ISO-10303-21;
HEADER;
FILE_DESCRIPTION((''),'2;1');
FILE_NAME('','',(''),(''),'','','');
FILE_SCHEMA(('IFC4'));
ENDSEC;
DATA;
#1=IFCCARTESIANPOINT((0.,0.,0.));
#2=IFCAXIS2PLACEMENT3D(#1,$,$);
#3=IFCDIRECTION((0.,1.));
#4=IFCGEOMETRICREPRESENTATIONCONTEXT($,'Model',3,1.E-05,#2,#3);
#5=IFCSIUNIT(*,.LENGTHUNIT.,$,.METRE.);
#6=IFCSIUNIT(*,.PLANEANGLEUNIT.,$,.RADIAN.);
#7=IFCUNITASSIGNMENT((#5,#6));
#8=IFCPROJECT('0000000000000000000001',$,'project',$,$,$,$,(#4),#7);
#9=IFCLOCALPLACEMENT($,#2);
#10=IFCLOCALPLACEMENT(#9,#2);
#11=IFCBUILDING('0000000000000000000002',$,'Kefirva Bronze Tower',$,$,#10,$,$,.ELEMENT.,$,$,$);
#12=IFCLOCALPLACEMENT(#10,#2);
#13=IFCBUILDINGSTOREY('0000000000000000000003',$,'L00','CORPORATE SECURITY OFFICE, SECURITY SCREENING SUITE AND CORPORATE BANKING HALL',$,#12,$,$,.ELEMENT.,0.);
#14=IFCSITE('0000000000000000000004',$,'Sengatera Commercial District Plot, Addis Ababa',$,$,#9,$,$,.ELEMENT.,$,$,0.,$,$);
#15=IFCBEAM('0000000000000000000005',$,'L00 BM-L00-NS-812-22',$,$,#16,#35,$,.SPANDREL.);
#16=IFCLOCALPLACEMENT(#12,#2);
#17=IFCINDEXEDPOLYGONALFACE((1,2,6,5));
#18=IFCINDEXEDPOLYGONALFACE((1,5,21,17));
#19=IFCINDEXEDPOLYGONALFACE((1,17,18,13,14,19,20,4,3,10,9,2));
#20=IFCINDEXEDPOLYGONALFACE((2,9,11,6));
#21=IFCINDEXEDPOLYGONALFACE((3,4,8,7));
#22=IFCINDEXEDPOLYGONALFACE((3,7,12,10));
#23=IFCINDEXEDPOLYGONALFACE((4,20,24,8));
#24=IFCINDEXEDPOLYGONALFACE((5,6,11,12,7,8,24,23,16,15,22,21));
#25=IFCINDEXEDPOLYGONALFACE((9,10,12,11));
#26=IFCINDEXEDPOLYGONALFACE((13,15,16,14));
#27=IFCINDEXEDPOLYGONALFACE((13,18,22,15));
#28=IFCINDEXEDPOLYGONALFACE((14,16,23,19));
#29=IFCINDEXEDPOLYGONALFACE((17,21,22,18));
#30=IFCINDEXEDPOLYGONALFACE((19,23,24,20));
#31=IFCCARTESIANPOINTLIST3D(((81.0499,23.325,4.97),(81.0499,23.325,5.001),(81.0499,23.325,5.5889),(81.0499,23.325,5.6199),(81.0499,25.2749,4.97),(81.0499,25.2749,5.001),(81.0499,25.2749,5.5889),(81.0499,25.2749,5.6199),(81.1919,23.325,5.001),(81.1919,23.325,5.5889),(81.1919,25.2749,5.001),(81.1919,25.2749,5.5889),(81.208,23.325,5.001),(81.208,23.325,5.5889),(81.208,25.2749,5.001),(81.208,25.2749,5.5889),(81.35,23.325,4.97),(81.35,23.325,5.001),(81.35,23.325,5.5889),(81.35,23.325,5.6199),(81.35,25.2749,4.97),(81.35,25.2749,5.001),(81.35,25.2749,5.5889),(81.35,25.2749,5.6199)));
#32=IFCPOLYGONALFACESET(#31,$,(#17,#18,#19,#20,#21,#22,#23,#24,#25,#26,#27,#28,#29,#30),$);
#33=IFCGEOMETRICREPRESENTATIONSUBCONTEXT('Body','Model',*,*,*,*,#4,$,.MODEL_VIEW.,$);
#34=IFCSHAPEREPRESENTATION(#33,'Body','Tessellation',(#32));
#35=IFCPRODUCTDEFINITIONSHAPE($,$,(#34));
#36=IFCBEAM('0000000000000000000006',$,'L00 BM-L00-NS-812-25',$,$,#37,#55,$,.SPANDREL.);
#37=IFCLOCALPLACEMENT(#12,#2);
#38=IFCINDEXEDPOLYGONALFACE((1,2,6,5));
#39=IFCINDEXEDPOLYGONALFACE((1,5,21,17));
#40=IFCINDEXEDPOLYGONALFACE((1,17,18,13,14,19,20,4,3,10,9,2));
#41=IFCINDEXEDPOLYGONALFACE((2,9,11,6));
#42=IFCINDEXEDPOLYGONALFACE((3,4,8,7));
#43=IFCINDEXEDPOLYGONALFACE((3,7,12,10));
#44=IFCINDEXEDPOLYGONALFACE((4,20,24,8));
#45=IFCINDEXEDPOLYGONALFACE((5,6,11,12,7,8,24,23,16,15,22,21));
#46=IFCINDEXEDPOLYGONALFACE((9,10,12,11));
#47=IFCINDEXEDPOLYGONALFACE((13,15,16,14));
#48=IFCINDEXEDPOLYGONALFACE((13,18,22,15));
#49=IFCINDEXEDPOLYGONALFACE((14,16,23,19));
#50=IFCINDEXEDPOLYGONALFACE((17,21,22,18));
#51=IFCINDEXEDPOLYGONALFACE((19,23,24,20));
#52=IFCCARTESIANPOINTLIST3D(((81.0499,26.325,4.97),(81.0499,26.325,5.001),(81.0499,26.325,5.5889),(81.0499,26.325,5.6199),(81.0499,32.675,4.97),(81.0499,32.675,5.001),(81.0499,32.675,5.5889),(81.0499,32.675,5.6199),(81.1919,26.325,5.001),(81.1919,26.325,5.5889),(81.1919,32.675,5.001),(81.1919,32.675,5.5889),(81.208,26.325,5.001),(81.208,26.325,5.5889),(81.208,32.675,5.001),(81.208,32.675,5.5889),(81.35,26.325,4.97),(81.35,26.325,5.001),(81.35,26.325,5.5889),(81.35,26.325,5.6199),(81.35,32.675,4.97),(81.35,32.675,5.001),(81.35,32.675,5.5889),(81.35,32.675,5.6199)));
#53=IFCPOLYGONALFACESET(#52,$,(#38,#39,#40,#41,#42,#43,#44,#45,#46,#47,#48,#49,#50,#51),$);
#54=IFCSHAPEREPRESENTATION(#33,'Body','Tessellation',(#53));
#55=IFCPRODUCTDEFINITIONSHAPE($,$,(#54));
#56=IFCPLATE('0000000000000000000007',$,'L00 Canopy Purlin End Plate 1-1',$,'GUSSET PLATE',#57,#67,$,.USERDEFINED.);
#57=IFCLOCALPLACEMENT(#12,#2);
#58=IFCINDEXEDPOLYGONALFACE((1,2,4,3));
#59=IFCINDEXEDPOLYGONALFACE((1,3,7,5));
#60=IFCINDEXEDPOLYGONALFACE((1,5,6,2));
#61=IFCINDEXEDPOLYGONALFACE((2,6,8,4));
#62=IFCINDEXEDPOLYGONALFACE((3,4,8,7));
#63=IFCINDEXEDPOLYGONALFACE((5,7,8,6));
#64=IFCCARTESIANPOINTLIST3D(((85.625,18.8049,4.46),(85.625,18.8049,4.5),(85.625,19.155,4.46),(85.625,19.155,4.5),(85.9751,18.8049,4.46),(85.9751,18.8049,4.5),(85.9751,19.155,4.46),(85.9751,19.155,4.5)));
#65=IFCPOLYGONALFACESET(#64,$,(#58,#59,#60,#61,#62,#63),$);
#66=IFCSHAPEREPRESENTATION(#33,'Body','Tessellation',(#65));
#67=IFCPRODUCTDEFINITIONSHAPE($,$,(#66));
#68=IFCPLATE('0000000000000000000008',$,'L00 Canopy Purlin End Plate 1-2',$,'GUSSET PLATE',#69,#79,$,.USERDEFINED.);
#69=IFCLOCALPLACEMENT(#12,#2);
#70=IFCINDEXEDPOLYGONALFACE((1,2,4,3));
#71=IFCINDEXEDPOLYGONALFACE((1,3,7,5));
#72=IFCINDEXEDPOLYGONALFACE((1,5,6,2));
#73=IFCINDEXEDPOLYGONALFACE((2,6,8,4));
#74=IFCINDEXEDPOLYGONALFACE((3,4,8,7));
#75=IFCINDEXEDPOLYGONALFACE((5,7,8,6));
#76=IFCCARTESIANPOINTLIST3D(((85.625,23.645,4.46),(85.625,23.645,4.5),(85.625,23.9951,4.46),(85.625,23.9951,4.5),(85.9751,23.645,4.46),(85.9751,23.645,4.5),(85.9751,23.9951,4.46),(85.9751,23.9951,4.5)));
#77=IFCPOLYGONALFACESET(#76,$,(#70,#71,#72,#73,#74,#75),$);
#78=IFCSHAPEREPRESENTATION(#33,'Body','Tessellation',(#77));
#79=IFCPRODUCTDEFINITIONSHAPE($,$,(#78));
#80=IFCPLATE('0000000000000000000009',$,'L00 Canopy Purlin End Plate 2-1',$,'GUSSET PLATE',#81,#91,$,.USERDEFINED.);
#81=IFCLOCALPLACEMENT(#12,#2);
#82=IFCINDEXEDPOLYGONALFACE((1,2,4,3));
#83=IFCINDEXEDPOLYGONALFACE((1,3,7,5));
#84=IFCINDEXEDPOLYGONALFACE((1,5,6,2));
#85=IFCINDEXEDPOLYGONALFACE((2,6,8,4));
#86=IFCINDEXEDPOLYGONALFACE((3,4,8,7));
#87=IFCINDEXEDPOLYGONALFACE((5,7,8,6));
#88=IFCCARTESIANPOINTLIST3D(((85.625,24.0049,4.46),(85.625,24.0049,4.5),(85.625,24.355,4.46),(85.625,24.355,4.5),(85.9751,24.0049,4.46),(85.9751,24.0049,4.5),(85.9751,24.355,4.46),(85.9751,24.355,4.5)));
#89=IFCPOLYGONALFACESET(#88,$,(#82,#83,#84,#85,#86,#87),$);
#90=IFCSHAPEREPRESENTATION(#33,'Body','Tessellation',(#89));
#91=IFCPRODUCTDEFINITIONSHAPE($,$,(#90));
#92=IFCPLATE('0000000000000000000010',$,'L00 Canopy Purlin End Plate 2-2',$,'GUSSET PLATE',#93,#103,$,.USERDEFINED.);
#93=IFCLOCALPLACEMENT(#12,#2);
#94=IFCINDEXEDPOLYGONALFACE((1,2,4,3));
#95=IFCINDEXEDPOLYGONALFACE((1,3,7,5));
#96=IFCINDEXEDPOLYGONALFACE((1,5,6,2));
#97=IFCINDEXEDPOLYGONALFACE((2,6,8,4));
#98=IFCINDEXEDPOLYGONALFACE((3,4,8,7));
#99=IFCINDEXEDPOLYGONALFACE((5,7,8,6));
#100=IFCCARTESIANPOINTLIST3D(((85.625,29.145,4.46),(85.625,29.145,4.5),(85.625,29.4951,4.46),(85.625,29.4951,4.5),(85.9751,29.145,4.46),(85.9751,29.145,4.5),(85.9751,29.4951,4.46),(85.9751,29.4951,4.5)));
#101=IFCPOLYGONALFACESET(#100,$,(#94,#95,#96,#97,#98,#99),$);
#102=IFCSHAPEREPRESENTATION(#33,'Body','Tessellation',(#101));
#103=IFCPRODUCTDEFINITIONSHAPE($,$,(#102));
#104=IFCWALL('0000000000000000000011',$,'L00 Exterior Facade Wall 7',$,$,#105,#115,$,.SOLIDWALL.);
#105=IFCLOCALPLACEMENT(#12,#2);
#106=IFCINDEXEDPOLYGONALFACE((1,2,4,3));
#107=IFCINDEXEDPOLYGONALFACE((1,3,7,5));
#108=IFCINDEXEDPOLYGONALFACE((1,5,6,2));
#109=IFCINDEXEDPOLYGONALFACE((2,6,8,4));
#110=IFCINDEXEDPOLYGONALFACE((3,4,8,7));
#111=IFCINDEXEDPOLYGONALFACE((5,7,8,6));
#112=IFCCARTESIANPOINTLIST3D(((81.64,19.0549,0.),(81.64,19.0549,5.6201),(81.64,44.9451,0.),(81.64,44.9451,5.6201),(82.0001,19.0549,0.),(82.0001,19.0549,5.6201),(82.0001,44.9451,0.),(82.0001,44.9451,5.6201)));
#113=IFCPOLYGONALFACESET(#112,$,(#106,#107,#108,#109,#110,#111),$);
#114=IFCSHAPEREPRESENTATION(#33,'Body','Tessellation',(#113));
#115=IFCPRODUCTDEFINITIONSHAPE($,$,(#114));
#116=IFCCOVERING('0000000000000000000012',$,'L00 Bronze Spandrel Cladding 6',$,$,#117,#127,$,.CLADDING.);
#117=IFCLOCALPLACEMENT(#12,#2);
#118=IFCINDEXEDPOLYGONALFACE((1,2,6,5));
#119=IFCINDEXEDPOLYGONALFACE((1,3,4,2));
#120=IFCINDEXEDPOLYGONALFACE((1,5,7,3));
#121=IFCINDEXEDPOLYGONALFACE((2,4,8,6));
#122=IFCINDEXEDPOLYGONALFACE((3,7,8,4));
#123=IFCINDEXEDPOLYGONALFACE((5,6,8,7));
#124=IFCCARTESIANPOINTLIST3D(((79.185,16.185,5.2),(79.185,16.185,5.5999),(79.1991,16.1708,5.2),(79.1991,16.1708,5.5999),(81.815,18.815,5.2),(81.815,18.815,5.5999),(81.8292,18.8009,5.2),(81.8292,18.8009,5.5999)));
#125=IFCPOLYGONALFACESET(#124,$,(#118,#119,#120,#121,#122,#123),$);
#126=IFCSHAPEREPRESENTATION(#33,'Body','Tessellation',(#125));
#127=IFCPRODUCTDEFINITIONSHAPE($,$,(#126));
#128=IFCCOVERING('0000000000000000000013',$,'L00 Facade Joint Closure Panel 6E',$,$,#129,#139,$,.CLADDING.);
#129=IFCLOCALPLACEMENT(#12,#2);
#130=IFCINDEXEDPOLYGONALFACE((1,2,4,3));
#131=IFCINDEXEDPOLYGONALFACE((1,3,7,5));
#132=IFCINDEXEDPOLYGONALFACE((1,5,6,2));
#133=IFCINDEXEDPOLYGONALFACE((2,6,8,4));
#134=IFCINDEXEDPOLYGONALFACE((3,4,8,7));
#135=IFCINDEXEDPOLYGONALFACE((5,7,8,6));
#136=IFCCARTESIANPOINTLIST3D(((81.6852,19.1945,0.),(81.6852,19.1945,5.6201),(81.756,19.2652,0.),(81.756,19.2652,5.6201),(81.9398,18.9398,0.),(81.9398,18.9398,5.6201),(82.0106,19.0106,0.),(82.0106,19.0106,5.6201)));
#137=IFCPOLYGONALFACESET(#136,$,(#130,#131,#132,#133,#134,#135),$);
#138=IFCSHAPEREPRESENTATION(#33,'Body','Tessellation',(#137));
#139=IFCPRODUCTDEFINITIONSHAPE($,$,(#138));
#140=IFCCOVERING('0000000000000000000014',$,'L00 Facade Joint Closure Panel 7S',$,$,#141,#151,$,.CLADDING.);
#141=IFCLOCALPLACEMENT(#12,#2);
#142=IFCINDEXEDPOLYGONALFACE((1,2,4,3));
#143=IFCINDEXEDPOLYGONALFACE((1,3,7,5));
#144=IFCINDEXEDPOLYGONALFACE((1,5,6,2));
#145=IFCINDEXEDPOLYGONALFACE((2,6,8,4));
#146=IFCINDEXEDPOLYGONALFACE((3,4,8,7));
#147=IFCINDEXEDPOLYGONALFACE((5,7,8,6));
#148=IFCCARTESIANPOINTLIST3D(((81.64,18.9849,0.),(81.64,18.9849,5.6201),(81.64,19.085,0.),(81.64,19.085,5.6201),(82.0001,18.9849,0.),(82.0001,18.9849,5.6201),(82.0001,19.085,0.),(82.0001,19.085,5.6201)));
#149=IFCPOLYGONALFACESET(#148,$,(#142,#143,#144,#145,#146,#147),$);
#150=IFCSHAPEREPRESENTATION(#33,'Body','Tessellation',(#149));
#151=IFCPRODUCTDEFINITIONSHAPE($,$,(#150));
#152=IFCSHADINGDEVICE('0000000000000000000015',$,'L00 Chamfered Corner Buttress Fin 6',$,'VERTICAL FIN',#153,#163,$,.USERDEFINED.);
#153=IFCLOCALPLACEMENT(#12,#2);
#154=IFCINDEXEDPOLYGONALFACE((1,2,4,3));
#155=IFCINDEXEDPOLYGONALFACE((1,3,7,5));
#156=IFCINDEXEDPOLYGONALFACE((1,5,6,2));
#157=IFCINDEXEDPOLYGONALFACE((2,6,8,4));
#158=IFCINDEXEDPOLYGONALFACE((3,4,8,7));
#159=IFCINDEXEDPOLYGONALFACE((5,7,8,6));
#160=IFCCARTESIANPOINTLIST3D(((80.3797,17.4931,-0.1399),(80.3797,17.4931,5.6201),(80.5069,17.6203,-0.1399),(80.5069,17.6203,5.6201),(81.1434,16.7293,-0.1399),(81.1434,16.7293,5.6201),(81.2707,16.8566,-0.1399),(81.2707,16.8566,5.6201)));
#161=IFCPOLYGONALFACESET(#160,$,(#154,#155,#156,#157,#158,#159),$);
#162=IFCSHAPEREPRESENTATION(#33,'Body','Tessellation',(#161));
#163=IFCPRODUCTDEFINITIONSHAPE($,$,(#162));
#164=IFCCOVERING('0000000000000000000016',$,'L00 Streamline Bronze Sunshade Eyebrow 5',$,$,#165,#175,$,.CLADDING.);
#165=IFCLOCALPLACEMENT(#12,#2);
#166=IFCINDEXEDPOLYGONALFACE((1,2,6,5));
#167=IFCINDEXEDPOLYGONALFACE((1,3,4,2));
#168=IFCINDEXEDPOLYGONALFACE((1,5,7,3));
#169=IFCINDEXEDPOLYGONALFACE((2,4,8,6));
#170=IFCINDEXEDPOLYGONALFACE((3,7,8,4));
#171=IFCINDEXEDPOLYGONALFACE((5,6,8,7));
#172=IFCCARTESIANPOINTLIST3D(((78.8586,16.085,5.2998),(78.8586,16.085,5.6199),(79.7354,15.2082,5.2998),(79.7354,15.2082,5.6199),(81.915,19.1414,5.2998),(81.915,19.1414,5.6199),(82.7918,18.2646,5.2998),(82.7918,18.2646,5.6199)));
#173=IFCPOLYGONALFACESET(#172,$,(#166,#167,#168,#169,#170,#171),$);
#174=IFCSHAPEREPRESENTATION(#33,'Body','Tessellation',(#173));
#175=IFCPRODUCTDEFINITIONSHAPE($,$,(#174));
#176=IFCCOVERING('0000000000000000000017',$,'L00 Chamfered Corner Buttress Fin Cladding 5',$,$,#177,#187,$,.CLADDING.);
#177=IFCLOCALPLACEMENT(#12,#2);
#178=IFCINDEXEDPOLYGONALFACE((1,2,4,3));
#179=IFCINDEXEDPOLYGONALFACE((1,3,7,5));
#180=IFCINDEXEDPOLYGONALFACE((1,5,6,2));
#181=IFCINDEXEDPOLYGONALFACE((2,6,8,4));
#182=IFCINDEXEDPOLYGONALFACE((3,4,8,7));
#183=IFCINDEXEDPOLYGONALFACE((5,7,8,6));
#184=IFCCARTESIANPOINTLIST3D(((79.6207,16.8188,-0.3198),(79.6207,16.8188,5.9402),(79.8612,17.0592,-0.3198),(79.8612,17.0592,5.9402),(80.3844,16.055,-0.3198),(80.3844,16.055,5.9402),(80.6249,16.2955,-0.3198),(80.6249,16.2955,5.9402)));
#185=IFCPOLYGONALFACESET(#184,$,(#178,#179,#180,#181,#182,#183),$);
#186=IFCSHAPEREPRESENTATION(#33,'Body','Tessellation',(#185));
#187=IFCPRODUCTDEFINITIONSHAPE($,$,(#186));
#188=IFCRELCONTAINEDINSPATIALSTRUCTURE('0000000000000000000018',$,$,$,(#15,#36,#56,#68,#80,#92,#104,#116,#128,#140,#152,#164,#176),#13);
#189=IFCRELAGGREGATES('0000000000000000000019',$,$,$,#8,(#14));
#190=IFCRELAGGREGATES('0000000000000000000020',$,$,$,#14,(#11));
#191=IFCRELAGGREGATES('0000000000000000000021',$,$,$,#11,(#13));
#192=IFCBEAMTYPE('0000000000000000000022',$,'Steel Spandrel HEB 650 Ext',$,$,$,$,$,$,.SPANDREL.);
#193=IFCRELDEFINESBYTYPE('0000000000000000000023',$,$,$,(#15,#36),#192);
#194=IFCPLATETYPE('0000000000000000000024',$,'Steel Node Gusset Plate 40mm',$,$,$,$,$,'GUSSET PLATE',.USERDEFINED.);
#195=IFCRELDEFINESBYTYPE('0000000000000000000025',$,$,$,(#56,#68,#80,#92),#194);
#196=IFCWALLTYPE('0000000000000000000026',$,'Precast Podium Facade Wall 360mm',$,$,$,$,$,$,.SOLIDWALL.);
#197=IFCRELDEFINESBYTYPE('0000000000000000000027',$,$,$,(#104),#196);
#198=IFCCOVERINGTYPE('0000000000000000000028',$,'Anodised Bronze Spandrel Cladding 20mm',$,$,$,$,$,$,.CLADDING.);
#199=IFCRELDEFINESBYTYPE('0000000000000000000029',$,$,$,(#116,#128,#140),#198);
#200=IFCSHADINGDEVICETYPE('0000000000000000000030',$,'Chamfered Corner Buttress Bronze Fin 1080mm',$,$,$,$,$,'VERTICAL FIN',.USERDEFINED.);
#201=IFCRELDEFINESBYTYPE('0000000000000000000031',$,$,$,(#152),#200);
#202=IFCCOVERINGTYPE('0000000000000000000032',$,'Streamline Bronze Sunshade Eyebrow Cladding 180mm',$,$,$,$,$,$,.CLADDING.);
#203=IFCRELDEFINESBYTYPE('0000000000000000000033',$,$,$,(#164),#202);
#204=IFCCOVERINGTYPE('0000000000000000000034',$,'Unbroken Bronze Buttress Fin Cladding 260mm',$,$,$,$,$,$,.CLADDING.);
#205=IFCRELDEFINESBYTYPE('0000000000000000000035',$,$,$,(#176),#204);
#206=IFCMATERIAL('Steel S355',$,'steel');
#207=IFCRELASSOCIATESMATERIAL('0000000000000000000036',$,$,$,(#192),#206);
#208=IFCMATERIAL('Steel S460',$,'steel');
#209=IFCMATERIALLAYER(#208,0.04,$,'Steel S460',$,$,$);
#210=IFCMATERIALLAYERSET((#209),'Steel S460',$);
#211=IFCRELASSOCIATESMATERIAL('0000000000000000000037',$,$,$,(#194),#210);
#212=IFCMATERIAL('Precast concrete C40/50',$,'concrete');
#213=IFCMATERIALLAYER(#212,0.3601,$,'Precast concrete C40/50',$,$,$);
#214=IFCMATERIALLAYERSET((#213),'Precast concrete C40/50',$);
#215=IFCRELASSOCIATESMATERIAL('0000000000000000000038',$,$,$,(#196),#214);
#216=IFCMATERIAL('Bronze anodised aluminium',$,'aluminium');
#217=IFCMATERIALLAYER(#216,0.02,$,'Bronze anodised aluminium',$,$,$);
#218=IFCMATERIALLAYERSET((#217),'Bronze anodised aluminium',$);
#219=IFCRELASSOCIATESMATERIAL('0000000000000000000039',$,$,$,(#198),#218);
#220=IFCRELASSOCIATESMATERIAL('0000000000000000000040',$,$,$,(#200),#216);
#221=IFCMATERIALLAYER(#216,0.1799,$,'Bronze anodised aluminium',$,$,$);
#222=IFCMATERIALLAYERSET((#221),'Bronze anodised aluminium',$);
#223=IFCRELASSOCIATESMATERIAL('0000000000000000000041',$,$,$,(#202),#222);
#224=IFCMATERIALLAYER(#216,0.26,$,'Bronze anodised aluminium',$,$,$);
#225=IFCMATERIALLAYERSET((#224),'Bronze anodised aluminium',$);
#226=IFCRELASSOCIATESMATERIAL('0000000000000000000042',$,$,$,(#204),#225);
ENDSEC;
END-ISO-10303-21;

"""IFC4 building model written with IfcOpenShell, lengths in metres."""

from ifc_helpers import new_model, si_unit, direction, frame, frame_2d, origin, origin_2d, place, context, subcontext, project, spatial, rectangle, i_section, extrude, material, layer, layer_set, material_profile, profile_set, type_object, element, save


model = new_model("IFC4")

# Units and contexts
model_context = context("Model", 3, precision=1e-05, world=origin(), true_north=direction((0.0, 1.0)))
body_context = subcontext(model_context, "Body", "Model", "MODEL_VIEW")
ifc_project = project(units=[si_unit("LENGTHUNIT", "METRE"), si_unit("PLANEANGLEUNIT", "RADIAN")], contexts=[model_context])

# Site, building, storey
site_placement = place(None, origin())
site = spatial("IfcSite", under=ifc_project, at=site_placement, Name="Sengatera Commercial District Plot, Addis Ababa", CompositionType="ELEMENT", RefElevation=0.0)
building_placement = place(site_placement, origin())
building = spatial("IfcBuilding", under=site, at=building_placement, Name="Kefirva Bronze Tower", CompositionType="ELEMENT")
storey_placement = place(building_placement, origin())
storey = spatial("IfcBuildingStorey", under=building, at=storey_placement, Name="L00", Description="CORPORATE SECURITY OFFICE, SECURITY SCREENING SUITE AND CORPORATE BANKING HALL", CompositionType="ELEMENT", Elevation=0.0)

# Shared definitions
ifc_material_1 = material(Name="Steel S355", Category="steel")

# Beams
ifc_material_profile_1 = material_profile(ifc_material_1, i_section(OverallWidth=0.3, OverallDepth=0.6499, WebThickness=0.0161, FlangeThickness=0.031, at=origin_2d()), Name="HEB 650")
ifc_profile_set_1 = profile_set([ifc_material_profile_1], Name="Steel S355")
beam_type_1 = type_object("IfcBeamType", Name="Steel Spandrel HEB 650 Ext", PredefinedType="SPANDREL", material=ifc_profile_set_1)
beam_1_placement = place(storey_placement, frame((81.2, 23.325, 5.2949), z_axis=(0.0, 1.0, 0.0), x_axis=(-1.0, 0.0, 0.0)))
element("IfcBeam", 1, at=beam_1_placement, inside=storey, type_object=beam_type_1, Name="L00 BM-L00-NS-812-22", PredefinedType="SPANDREL", context=body_context, shape_type="SweptSolid", body=[
    extrude(i_section(OverallWidth=0.3, OverallDepth=0.6499, WebThickness=0.0161, FlangeThickness=0.031, at=origin_2d()), origin(), (0.0, 0.0, 1.0), 1.95),
])
beam_2_placement = place(storey_placement, frame((81.2, 26.325, 5.2949), z_axis=(0.0, 1.0, 0.0), x_axis=(-1.0, 0.0, 0.0)))
element("IfcBeam", 2, at=beam_2_placement, inside=storey, type_object=beam_type_1, Name="L00 BM-L00-NS-812-25", PredefinedType="SPANDREL", context=body_context, shape_type="SweptSolid", body=[
    extrude(i_section(OverallWidth=0.3, OverallDepth=0.6499, WebThickness=0.0161, FlangeThickness=0.031, at=origin_2d()), origin(), (0.0, 0.0, 1.0), 6.3501),
])

# Plates
ifc_material_2 = material(Name="Steel S460", Category="steel")
ifc_layer_1 = layer(ifc_material_2, 0.04, Name="Steel S460")
ifc_layer_set_1 = layer_set([ifc_layer_1], Name="Steel S460")
plate_type = type_object("IfcPlateType", Name="Steel Node Gusset Plate 40mm", ElementType="GUSSET PLATE", PredefinedType="USERDEFINED", material=ifc_layer_set_1)
for number, where, z_axis, x_axis, name in (
    (3, (85.8, 18.98, 4.46), (0.0, 0.0, 1.0), (1.0, 0.0, 0.0), "L00 Canopy Purlin End Plate 1-1"),
    (4, (85.8, 23.8201, 4.46), (0.0, 0.0, 1.0), (1.0, 0.0, 0.0), "L00 Canopy Purlin End Plate 1-2"),
    (5, (85.8, 24.1799, 4.46), (0.0, 0.0, 1.0), (1.0, 0.0, 0.0), "L00 Canopy Purlin End Plate 2-1"),
    (6, (85.8, 29.3201, 4.46), (0.0, 0.0, 1.0), (1.0, 0.0, 0.0), "L00 Canopy Purlin End Plate 2-2"),
):
    element("IfcPlate", number, at=place(storey_placement, frame(where, z_axis=z_axis, x_axis=x_axis)), inside=storey, type_object=plate_type, Name=name, ObjectType="GUSSET PLATE", PredefinedType="USERDEFINED", context=body_context, shape_type="SweptSolid", body=[
        extrude(rectangle(XDim=0.3501, YDim=0.3501, at=origin_2d()), origin(), (0.0, 0.0, 1.0), 0.04),
    ])

# Wall
ifc_material_3 = material(Name="Precast concrete C40/50", Category="concrete")
ifc_layer_2 = layer(ifc_material_3, 0.3601, Name="Precast concrete C40/50")
ifc_layer_set_2 = layer_set([ifc_layer_2], Name="Precast concrete C40/50")
wall_type = type_object("IfcWallType", Name="Precast Podium Facade Wall 360mm", PredefinedType="SOLIDWALL", material=ifc_layer_set_2)
wall_placement = place(storey_placement, frame((81.8201, 19.0549, 0.0), z_axis=(0.0, 0.0, 1.0), x_axis=(0.0, 1.0, 0.0)))
element("IfcWall", 7, at=wall_placement, inside=storey, type_object=wall_type, Name="L00 Exterior Facade Wall 7", PredefinedType="SOLIDWALL", context=body_context, shape_type="SweptSolid", body=[
    extrude(rectangle(XDim=25.8901, YDim=0.3601, at=frame_2d((12.9451, 0.0))), origin(), (0.0, 0.0, 1.0), 5.6201),
])

# Coverings
ifc_material_4 = material(Name="Bronze anodised aluminium", Category="aluminium")
ifc_layer_3 = layer(ifc_material_4, 0.02, Name="Bronze anodised aluminium")
ifc_layer_set_3 = layer_set([ifc_layer_3], Name="Bronze anodised aluminium")
covering_type_1 = type_object("IfcCoveringType", Name="Anodised Bronze Spandrel Cladding 20mm", PredefinedType="CLADDING", material=ifc_layer_set_3)
covering_1_placement = place(storey_placement, frame((80.5071, 17.4929, 5.2), z_axis=(0.0, 0.0, 1.0), x_axis=(0.707107, 0.707107, 0.0)))
element("IfcCovering", 8, at=covering_1_placement, inside=storey, type_object=covering_type_1, Name="L00 Bronze Spandrel Cladding 6", PredefinedType="CLADDING", context=body_context, shape_type="SweptSolid", body=[
    extrude(rectangle(XDim=3.7195, YDim=0.02, at=origin_2d()), origin(), (0.0, 0.0, 1.0), 0.3999),
])
for number, where, z_axis, x_axis, name in (
    (9, (81.8479, 19.1025, 0.0), (0.0, 0.0, 1.0), (0.707107, 0.707107, 0.0), "L00 Facade Joint Closure Panel 6E"),
    (10, (81.8201, 19.0349, 0.0), (0.0, 0.0, 1.0), (0.0, 1.0, 0.0), "L00 Facade Joint Closure Panel 7S"),
):
    element("IfcCovering", number, at=place(storey_placement, frame(where, z_axis=z_axis, x_axis=x_axis)), inside=storey, type_object=covering_type_1, Name=name, PredefinedType="CLADDING", context=body_context, shape_type="SweptSolid", body=[
        extrude(rectangle(XDim=0.1001, YDim=0.3601, at=origin_2d()), origin(), (0.0, 0.0, 1.0), 5.6201),
    ])

# Shading device
ifc_material_profile_2 = material_profile(ifc_material_4, rectangle(XDim=0.1799, YDim=1.0801, at=origin_2d()), Name="BRONZE BUTTRESS FIN 180x1080")
ifc_profile_set_2 = profile_set([ifc_material_profile_2], Name="Bronze anodised aluminium")
shading_device_type = type_object("IfcShadingDeviceType", Name="Chamfered Corner Buttress Bronze Fin 1080mm", ElementType="VERTICAL FIN", PredefinedType="USERDEFINED", material=ifc_profile_set_2)
shading_device_placement = place(storey_placement, frame((80.8252, 17.1748, -0.1399), z_axis=(0.0, 0.0, 1.0), x_axis=(0.707107, 0.707107, 0.0)))
element("IfcShadingDevice", 11, at=shading_device_placement, inside=storey, type_object=shading_device_type, Name="L00 Chamfered Corner Buttress Fin 6", ObjectType="VERTICAL FIN", PredefinedType="USERDEFINED", context=body_context, shape_type="SweptSolid", body=[
    extrude(rectangle(XDim=0.1799, YDim=1.0801, at=origin_2d()), origin(), (0.0, 0.0, 1.0), 5.76),
])

# Coverings
ifc_layer_4 = layer(ifc_material_4, 0.1799, Name="Bronze anodised aluminium")
ifc_layer_set_4 = layer_set([ifc_layer_4], Name="Bronze anodised aluminium")
covering_type_2 = type_object("IfcCoveringType", Name="Streamline Bronze Sunshade Eyebrow Cladding 180mm", PredefinedType="CLADDING", material=ifc_layer_set_4)
covering_2_placement = place(storey_placement, frame((80.8252, 17.1748, 5.2998), z_axis=(0.0, 0.0, 1.0), x_axis=(0.707107, 0.707107, 0.0)))
element("IfcCovering", 12, at=covering_2_placement, inside=storey, type_object=covering_type_2, Name="L00 Streamline Bronze Sunshade Eyebrow 5", PredefinedType="CLADDING", context=body_context, shape_type="SweptSolid", body=[
    extrude(rectangle(XDim=4.3225, YDim=1.24, at=origin_2d()), origin(), (0.0, 0.0, 1.0), 0.3201),
])
ifc_layer_5 = layer(ifc_material_4, 0.26, Name="Bronze anodised aluminium")
ifc_layer_set_5 = layer_set([ifc_layer_5], Name="Bronze anodised aluminium")
covering_type_3 = type_object("IfcCoveringType", Name="Unbroken Bronze Buttress Fin Cladding 260mm", PredefinedType="CLADDING", material=ifc_layer_set_5)
for number, where, z_axis, x_axis, name in (
    (13, (80.1228, 16.5571, -0.3198), (0.0, 0.0, 1.0), (0.707107, 0.707107, 0.0), "L00 Chamfered Corner Buttress Fin Cladding 5"),
):
    element("IfcCovering", number, at=place(storey_placement, frame(where, z_axis=z_axis, x_axis=x_axis)), inside=storey, type_object=covering_type_3, Name=name, PredefinedType="CLADDING", context=body_context, shape_type="SweptSolid", body=[
        extrude(rectangle(XDim=0.3401, YDim=1.0801, at=origin_2d()), origin(), (0.0, 0.0, 1.0), 6.26),
    ])

save(model, "model.ifc")
